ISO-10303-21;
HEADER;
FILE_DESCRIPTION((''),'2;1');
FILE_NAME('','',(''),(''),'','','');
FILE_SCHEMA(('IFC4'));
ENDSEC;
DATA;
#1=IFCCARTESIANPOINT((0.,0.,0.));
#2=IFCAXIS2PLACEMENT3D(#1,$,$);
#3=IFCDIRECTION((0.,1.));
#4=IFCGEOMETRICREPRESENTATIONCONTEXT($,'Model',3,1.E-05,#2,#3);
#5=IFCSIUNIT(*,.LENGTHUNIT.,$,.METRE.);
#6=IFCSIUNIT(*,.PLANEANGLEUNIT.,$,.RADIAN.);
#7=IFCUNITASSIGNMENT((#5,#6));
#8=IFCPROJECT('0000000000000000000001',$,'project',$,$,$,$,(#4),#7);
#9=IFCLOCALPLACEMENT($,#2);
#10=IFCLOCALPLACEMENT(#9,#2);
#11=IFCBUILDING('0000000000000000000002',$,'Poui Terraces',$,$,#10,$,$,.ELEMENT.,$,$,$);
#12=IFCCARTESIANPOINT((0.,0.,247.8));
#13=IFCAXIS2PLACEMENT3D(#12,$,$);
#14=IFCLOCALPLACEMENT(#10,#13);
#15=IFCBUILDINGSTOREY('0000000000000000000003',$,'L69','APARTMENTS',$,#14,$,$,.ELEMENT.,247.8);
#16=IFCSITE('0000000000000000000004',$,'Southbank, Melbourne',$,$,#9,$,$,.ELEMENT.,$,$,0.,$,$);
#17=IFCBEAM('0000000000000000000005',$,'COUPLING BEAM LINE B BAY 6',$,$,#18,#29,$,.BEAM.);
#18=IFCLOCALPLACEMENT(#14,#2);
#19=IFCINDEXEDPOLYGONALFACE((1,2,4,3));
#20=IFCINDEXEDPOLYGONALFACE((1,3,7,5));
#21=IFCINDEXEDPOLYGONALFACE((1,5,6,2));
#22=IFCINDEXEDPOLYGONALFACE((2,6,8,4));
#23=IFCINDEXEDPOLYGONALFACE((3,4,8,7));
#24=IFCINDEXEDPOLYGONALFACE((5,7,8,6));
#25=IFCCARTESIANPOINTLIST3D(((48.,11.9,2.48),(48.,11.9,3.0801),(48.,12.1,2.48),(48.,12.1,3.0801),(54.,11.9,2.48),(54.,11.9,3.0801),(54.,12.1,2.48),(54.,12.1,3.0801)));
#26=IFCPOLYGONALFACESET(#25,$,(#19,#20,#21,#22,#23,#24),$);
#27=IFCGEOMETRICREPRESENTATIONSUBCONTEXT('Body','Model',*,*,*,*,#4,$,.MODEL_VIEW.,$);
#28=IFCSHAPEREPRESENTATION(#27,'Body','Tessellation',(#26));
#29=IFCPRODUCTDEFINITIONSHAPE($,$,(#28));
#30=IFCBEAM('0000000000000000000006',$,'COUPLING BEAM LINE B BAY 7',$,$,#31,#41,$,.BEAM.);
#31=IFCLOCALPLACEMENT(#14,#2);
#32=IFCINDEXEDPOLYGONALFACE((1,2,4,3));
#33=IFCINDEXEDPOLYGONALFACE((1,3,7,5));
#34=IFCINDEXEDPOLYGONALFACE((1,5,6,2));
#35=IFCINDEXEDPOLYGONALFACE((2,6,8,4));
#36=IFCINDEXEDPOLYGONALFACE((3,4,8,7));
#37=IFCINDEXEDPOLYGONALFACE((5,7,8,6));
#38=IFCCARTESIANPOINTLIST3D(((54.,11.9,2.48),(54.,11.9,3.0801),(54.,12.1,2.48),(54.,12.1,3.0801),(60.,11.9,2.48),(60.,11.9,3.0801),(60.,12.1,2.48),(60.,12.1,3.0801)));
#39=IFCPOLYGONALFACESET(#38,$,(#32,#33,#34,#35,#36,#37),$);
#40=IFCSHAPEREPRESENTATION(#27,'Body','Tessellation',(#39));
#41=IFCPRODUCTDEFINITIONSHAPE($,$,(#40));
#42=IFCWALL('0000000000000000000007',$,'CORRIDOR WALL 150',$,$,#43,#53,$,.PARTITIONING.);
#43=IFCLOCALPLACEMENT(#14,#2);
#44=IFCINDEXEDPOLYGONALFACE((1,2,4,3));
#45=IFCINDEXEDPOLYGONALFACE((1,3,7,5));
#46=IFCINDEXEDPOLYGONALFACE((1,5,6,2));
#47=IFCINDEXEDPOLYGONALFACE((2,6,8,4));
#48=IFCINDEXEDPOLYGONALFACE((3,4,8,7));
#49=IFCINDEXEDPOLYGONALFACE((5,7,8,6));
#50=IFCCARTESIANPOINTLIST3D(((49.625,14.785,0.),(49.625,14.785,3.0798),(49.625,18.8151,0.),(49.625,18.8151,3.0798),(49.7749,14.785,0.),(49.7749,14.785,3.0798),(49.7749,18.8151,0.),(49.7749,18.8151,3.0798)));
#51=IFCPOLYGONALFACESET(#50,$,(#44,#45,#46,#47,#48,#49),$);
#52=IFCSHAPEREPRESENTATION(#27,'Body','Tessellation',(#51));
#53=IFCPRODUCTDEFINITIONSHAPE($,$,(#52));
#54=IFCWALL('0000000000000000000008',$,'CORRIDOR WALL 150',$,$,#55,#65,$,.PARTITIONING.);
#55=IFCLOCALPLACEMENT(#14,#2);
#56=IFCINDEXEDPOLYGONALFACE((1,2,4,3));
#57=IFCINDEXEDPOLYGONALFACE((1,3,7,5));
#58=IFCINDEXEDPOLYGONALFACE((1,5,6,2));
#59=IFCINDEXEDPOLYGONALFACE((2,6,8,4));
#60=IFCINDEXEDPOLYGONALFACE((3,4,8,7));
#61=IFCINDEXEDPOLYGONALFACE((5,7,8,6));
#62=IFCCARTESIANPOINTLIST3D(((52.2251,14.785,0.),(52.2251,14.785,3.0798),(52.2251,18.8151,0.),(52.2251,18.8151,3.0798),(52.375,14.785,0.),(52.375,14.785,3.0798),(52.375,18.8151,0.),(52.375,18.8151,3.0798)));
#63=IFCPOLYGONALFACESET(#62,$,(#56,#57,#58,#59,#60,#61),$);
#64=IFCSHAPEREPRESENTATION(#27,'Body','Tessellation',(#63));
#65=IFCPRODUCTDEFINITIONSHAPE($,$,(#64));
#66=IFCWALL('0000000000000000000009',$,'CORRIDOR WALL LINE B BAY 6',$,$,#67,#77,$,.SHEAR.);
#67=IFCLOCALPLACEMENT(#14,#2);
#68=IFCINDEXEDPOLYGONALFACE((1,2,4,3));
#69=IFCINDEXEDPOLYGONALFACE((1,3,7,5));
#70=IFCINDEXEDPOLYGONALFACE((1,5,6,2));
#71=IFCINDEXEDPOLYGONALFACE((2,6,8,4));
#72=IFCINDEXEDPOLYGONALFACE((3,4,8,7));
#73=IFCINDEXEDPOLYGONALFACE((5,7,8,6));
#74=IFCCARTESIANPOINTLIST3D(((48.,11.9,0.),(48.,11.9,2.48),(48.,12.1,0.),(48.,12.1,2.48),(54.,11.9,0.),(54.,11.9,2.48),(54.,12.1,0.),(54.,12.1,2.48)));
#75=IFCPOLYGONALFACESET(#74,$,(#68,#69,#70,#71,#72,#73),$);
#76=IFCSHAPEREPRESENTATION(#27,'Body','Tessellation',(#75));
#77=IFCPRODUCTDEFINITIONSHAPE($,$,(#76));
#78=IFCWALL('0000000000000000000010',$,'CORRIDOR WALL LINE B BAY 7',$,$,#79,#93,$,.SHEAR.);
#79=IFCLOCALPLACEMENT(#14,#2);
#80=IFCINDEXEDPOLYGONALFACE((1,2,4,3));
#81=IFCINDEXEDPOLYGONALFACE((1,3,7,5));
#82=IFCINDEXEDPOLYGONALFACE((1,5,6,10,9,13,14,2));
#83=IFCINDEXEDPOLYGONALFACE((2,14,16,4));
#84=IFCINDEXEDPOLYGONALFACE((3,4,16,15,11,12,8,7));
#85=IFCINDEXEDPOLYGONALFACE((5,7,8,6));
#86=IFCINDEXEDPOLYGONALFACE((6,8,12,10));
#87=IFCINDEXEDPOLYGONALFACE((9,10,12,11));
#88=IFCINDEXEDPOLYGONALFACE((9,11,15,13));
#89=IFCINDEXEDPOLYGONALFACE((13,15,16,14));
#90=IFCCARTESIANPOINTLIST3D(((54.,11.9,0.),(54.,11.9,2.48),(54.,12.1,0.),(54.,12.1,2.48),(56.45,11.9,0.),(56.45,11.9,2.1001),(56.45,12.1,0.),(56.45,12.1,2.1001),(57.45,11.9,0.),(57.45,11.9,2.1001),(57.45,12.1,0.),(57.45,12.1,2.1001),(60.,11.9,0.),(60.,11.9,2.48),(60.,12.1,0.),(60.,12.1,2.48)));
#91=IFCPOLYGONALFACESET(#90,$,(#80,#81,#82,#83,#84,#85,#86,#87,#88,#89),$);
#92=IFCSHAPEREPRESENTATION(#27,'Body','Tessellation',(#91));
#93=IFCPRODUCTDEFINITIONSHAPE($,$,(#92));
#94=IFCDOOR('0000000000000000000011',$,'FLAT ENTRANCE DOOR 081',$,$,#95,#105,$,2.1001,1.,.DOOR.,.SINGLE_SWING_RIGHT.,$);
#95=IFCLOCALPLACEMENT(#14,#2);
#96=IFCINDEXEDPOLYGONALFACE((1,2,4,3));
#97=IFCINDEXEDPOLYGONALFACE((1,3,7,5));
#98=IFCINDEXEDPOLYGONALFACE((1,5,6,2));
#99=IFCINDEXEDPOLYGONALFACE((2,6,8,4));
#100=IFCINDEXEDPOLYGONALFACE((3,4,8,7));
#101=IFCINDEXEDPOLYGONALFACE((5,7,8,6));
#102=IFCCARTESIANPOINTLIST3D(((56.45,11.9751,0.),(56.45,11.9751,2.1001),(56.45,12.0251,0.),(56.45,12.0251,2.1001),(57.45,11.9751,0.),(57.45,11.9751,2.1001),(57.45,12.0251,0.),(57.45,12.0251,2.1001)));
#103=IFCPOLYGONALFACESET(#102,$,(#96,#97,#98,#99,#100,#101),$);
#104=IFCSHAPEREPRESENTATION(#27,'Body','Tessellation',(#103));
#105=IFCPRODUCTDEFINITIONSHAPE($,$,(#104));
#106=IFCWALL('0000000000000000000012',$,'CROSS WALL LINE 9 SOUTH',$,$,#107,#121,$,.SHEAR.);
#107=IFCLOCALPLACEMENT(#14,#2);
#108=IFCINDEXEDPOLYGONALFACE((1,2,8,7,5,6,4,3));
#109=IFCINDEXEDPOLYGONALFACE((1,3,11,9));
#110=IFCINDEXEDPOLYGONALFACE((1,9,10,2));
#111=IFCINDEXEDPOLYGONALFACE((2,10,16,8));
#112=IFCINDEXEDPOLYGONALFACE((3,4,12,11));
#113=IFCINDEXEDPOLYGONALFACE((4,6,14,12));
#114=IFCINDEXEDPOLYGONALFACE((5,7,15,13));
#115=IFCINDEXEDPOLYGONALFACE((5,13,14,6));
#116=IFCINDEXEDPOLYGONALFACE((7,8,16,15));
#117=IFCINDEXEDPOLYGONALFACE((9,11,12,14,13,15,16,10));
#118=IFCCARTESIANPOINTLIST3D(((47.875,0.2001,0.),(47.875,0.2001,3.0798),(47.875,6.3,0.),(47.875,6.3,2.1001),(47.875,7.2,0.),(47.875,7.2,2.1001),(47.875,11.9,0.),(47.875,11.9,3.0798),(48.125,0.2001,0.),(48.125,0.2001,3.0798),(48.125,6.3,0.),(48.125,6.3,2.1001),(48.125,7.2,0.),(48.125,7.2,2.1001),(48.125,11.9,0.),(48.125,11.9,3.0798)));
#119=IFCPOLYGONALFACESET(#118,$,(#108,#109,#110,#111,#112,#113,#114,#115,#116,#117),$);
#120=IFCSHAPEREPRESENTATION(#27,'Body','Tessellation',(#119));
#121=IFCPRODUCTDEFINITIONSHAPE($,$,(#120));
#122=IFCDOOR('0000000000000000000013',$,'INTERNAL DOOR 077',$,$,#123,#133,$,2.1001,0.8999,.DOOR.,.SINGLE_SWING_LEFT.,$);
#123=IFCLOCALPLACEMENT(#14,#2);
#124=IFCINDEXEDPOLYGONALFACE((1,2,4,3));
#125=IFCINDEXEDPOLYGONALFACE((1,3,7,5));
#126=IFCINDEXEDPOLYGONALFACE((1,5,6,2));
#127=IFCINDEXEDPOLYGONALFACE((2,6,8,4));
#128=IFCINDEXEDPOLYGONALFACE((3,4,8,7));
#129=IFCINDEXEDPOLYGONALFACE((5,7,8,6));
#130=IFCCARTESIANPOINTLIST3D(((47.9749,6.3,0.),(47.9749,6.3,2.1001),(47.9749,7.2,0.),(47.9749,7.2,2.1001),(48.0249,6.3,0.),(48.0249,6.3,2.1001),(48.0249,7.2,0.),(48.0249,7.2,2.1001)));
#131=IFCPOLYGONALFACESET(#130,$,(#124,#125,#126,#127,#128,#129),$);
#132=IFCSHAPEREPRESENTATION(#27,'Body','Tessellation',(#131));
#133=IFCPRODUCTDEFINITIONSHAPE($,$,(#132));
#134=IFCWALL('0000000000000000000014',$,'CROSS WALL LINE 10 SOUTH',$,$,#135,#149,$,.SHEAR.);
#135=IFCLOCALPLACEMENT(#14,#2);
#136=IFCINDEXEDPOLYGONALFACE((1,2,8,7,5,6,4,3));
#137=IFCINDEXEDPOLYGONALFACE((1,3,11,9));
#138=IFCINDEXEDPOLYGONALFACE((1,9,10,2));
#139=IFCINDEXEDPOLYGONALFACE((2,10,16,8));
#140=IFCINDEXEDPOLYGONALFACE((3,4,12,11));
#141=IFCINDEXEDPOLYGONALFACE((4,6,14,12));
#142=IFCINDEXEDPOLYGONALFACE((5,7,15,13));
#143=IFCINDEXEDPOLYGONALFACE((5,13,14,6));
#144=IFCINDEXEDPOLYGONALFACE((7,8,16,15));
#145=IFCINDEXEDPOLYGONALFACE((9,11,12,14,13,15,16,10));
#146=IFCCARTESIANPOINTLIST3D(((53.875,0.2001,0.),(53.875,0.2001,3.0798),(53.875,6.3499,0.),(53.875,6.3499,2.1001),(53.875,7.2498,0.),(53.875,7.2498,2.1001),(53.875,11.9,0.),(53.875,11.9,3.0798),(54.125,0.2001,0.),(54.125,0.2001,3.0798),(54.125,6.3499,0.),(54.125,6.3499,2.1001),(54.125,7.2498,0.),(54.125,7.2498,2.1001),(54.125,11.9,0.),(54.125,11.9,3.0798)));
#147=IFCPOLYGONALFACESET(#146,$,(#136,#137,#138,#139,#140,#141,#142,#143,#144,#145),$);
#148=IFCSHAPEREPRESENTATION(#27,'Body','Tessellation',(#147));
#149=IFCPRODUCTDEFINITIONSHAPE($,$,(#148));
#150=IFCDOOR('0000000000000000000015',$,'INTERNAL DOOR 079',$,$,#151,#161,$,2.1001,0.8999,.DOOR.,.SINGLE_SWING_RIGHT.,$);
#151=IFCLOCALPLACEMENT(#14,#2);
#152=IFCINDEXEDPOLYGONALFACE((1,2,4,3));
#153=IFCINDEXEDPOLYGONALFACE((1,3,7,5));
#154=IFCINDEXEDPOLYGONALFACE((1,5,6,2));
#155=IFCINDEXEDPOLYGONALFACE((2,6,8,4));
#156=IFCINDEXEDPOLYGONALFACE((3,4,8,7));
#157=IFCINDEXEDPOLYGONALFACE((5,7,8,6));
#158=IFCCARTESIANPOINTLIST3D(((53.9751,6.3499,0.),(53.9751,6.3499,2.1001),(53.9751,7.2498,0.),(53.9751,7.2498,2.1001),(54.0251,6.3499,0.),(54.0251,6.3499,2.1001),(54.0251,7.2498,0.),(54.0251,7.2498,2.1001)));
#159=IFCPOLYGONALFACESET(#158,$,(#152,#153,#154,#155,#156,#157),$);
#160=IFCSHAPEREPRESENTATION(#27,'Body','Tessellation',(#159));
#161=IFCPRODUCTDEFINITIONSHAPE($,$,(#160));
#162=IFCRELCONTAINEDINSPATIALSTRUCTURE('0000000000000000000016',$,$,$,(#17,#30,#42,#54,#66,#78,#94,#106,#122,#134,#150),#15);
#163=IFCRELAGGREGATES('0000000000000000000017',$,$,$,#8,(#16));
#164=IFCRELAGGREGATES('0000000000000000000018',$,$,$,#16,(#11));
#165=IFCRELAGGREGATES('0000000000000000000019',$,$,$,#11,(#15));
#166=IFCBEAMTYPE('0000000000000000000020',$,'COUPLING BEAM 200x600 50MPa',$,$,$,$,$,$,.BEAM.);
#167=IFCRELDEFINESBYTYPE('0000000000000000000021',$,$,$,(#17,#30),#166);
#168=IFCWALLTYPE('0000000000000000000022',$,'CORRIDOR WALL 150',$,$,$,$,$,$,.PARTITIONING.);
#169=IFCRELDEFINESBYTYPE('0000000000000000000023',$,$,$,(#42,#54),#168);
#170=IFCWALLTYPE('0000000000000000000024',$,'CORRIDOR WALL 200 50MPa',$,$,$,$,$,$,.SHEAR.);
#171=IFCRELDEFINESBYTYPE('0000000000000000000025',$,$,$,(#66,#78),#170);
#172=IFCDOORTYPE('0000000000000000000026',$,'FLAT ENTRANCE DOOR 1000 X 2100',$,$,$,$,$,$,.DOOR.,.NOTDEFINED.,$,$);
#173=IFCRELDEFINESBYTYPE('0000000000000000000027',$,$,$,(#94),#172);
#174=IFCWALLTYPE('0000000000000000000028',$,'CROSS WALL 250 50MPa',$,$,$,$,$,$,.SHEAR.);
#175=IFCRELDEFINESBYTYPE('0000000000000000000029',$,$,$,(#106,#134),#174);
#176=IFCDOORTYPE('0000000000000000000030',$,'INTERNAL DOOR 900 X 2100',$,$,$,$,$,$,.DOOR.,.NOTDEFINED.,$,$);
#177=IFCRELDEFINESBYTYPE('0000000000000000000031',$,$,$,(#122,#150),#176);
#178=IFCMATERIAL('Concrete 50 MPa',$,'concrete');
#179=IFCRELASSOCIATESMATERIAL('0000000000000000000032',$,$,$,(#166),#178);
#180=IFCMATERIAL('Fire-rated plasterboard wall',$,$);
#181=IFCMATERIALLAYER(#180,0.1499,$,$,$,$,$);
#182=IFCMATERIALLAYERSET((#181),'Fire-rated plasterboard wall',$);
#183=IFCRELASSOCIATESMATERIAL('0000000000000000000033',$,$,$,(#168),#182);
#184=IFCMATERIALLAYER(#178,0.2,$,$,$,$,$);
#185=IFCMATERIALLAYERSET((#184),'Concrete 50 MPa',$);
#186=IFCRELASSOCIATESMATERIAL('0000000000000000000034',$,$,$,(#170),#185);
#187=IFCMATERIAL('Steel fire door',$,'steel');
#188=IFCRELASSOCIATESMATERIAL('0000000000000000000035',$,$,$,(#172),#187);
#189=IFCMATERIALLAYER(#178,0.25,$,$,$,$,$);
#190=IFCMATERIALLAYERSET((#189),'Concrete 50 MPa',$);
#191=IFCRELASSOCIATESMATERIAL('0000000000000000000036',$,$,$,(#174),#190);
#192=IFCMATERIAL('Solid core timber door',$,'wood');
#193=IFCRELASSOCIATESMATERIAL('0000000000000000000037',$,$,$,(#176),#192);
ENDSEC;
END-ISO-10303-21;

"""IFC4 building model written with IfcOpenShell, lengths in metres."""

from ifc_helpers import new_model, si_unit, direction, frame, frame_2d, origin, origin_2d, place, context, subcontext, project, spatial, rectangle, extrude, source, transform, mapped, material, layer, layer_set, material_profile, profile_set, type_object, element, fill, save


model = new_model("IFC4")

# Units and contexts
model_context = context("Model", 3, precision=1e-05, world=origin(), true_north=direction((0.0, 1.0)))
body_context = subcontext(model_context, "Body", "Model", "MODEL_VIEW")
ifc_project = project(units=[si_unit("LENGTHUNIT", "METRE"), si_unit("PLANEANGLEUNIT", "RADIAN")], contexts=[model_context])

# Site, building, storey
site_placement = place(None, origin())
site = spatial("IfcSite", under=ifc_project, at=site_placement, Name="Southbank, Melbourne", CompositionType="ELEMENT", RefElevation=0.0)
building_placement = place(site_placement, origin())
building = spatial("IfcBuilding", under=site, at=building_placement, Name="Poui Terraces", CompositionType="ELEMENT")
storey_placement = place(building_placement, frame((0.0, 0.0, 247.8)))
storey = spatial("IfcBuildingStorey", under=building, at=storey_placement, Name="L69", Description="APARTMENTS", CompositionType="ELEMENT", Elevation=247.8)

# Beams
ifc_material_1 = material(Name="Concrete 50 MPa", Category="concrete")
ifc_material_profile = material_profile(ifc_material_1, rectangle(XDim=0.2, YDim=0.6001, at=origin_2d()), Name="RC 200x600")
ifc_profile_set = profile_set([ifc_material_profile], Name="Concrete 50 MPa")
beam_type = type_object("IfcBeamType", Name="COUPLING BEAM 200x600 50MPa", PredefinedType="BEAM", material=ifc_profile_set)
shared_shape = source(origin(), body_context, "Body", "SweptSolid", [
    extrude(rectangle(XDim=0.2, YDim=0.6001, at=origin_2d()), origin(), (0.0, 0.0, 1.0), 6.0),
])
for number, where, z_axis, x_axis, name in (
    (1, (48.0, 12.0, 2.78), (1.0, 0.0, 0.0), (0.0, 1.0, 0.0), "COUPLING BEAM LINE B BAY 6"),
    (2, (54.0, 12.0, 2.78), (1.0, 0.0, 0.0), (0.0, 1.0, 0.0), "COUPLING BEAM LINE B BAY 7"),
):
    element("IfcBeam", number, at=place(storey_placement, frame(where, z_axis=z_axis, x_axis=x_axis)), inside=storey, type_object=beam_type, Name=name, PredefinedType="BEAM", context=body_context, shape_type="MappedRepresentation", body=[
        mapped(shared_shape, transform((0.0, 0.0, 0.0))),
    ])

# Walls
ifc_material_2 = material(Name="Fire-rated plasterboard wall")
ifc_layer_1 = layer(ifc_material_2, 0.1499)
ifc_layer_set_1 = layer_set([ifc_layer_1], Name="Fire-rated plasterboard wall")
wall_type_1 = type_object("IfcWallType", Name="CORRIDOR WALL 150", PredefinedType="PARTITIONING", material=ifc_layer_set_1)
for number, where, z_axis, x_axis, name in (
    (3, (49.7, 14.7849, 0.0), (0.0, 0.0, 1.0), (0.0, 1.0, 0.0), "CORRIDOR WALL 150"),
    (4, (52.3, 14.7849, 0.0), (0.0, 0.0, 1.0), (0.0, 1.0, 0.0), "CORRIDOR WALL 150"),
):
    element("IfcWall", number, at=place(storey_placement, frame(where, z_axis=z_axis, x_axis=x_axis)), inside=storey, type_object=wall_type_1, Name=name, PredefinedType="PARTITIONING", context=body_context, shape_type="SweptSolid", body=[
        extrude(rectangle(XDim=4.03, YDim=0.1499, at=frame_2d((2.0151, 0.0))), origin(), (0.0, 0.0, 1.0), 3.0798),
    ])
ifc_layer_2 = layer(ifc_material_1, 0.2)
ifc_layer_set_2 = layer_set([ifc_layer_2], Name="Concrete 50 MPa")
wall_type_2 = type_object("IfcWallType", Name="CORRIDOR WALL 200 50MPa", PredefinedType="SHEAR", material=ifc_layer_set_2)
wall_1_placement = place(storey_placement, frame((48.0, 12.0, 0.0), z_axis=(0.0, 0.0, 1.0), x_axis=(1.0, 0.0, 0.0)))
element("IfcWall", 5, at=wall_1_placement, inside=storey, type_object=wall_type_2, Name="CORRIDOR WALL LINE B BAY 6", PredefinedType="SHEAR", context=body_context, shape_type="SweptSolid", body=[
    extrude(rectangle(XDim=6.0, YDim=0.2, at=frame_2d((3.0, 0.0))), origin(), (0.0, 0.0, 1.0), 2.48),
])

# Walls, openings, doors
wall_2_placement = place(storey_placement, frame((54.0, 12.0, 0.0), z_axis=(0.0, 0.0, 1.0), x_axis=(1.0, 0.0, 0.0)))
wall_2 = element("IfcWall", 6, at=wall_2_placement, inside=storey, type_object=wall_type_2, Name="CORRIDOR WALL LINE B BAY 7", PredefinedType="SHEAR", context=body_context, shape_type="SweptSolid", body=[
    extrude(rectangle(XDim=6.0, YDim=0.2, at=frame_2d((3.0, 0.0))), origin(), (0.0, 0.0, 1.0), 2.48),
])
opening_1_placement = place(wall_2_placement, frame((2.45, 0.0, 0.0)))
opening_1 = element("IfcOpeningElement", 7, at=opening_1_placement, cuts=wall_2, PredefinedType="OPENING", context=body_context, shape_type="SweptSolid", body=[
    extrude(rectangle(XDim=1.0, YDim=2.1001, at=frame_2d((0.5, 1.05))), frame((0.0, 0.1099, 0.0), z_axis=(0.0, -1.0, 0.0), x_axis=(1.0, 0.0, 0.0)), (0.0, 0.0, 1.0), 0.22),
])
ifc_material_3 = material(Name="Steel fire door", Category="steel")
door_type_1 = type_object("IfcDoorType", Name="FLAT ENTRANCE DOOR 1000 X 2100", OperationType="NOTDEFINED", PredefinedType="DOOR", material=ifc_material_3)
door_1_placement = place(opening_1_placement, frame((1.0, 0.0, 0.0), z_axis=(0.0, 0.0, 1.0), x_axis=(-1.0, 0.0, 0.0)))
door_1 = element("IfcDoor", 8, at=door_1_placement, inside=storey, type_object=door_type_1, Name="FLAT ENTRANCE DOOR 081", OperationType="SINGLE_SWING_RIGHT", OverallHeight=2.1001, OverallWidth=1.0, PredefinedType="DOOR", context=body_context, shape_type="SweptSolid", body=[
    extrude(rectangle(XDim=1.0, YDim=2.1001, at=frame_2d((0.5, 1.05))), frame((0.0, 0.0249, 0.0), z_axis=(0.0, -1.0, 0.0), x_axis=(1.0, 0.0, 0.0)), (0.0, 0.0, 1.0), 0.05),
])
fill(opening_1, door_1)
ifc_layer_3 = layer(ifc_material_1, 0.25)
ifc_layer_set_3 = layer_set([ifc_layer_3], Name="Concrete 50 MPa")
wall_type_3 = type_object("IfcWallType", Name="CROSS WALL 250 50MPa", PredefinedType="SHEAR", material=ifc_layer_set_3)
wall_3_placement = place(storey_placement, frame((48.0, 0.2, 0.0), z_axis=(0.0, 0.0, 1.0), x_axis=(0.0, 1.0, 0.0)))
wall_3 = element("IfcWall", 9, at=wall_3_placement, inside=storey, type_object=wall_type_3, Name="CROSS WALL LINE 9 SOUTH", PredefinedType="SHEAR", context=body_context, shape_type="SweptSolid", body=[
    extrude(rectangle(XDim=11.7, YDim=0.25, at=frame_2d((5.8501, 0.0))), origin(), (0.0, 0.0, 1.0), 3.0798),
])
opening_2_placement = place(wall_3_placement, frame((6.1001, 0.0, 0.0)))
opening_2 = element("IfcOpeningElement", 10, at=opening_2_placement, cuts=wall_3, PredefinedType="OPENING", context=body_context, shape_type="SweptSolid", body=[
    extrude(rectangle(XDim=0.8999, YDim=2.1001, at=frame_2d((0.45, 1.05))), frame((0.0, 0.135, 0.0), z_axis=(0.0, -1.0, 0.0), x_axis=(1.0, 0.0, 0.0)), (0.0, 0.0, 1.0), 0.27),
])
ifc_material_4 = material(Name="Solid core timber door", Category="wood")
door_type_2 = type_object("IfcDoorType", Name="INTERNAL DOOR 900 X 2100", OperationType="NOTDEFINED", PredefinedType="DOOR", material=ifc_material_4)
door_2_placement = place(opening_2_placement, frame((0.8999, 0.0, 0.0), z_axis=(0.0, 0.0, 1.0), x_axis=(-1.0, 0.0, 0.0)))
door_2 = element("IfcDoor", 11, at=door_2_placement, inside=storey, type_object=door_type_2, Name="INTERNAL DOOR 077", OperationType="SINGLE_SWING_LEFT", OverallHeight=2.1001, OverallWidth=0.8999, PredefinedType="DOOR", context=body_context, shape_type="SweptSolid", body=[
    extrude(rectangle(XDim=0.8999, YDim=2.1001, at=frame_2d((0.45, 1.05))), frame((0.0, 0.0249, 0.0), z_axis=(0.0, -1.0, 0.0), x_axis=(1.0, 0.0, 0.0)), (0.0, 0.0, 1.0), 0.05),
])
fill(opening_2, door_2)
wall_4_placement = place(storey_placement, frame((54.0, 0.2, 0.0), z_axis=(0.0, 0.0, 1.0), x_axis=(0.0, 1.0, 0.0)))
wall_4 = element("IfcWall", 12, at=wall_4_placement, inside=storey, type_object=wall_type_3, Name="CROSS WALL LINE 10 SOUTH", PredefinedType="SHEAR", context=body_context, shape_type="SweptSolid", body=[
    extrude(rectangle(XDim=11.7, YDim=0.25, at=frame_2d((5.8501, 0.0))), origin(), (0.0, 0.0, 1.0), 3.0798),
])
opening_3_placement = place(wall_4_placement, frame((6.1499, 0.0, 0.0)))
opening_3 = element("IfcOpeningElement", 13, at=opening_3_placement, cuts=wall_4, PredefinedType="OPENING", context=body_context, shape_type="SweptSolid", body=[
    extrude(rectangle(XDim=0.8999, YDim=2.1001, at=frame_2d((0.45, 1.05))), frame((0.0, 0.135, 0.0), z_axis=(0.0, -1.0, 0.0), x_axis=(1.0, 0.0, 0.0)), (0.0, 0.0, 1.0), 0.27),
])
door_3_placement = place(opening_3_placement, origin())
door_3 = element("IfcDoor", 14, at=door_3_placement, inside=storey, type_object=door_type_2, Name="INTERNAL DOOR 079", OperationType="SINGLE_SWING_RIGHT", OverallHeight=2.1001, OverallWidth=0.8999, PredefinedType="DOOR", context=body_context, shape_type="SweptSolid", body=[
    extrude(rectangle(XDim=0.8999, YDim=2.1001, at=frame_2d((0.45, 1.05))), frame((0.0, 0.0249, 0.0), z_axis=(0.0, -1.0, 0.0), x_axis=(1.0, 0.0, 0.0)), (0.0, 0.0, 1.0), 0.05),
])
fill(opening_3, door_3)

save(model, "model.ifc")
